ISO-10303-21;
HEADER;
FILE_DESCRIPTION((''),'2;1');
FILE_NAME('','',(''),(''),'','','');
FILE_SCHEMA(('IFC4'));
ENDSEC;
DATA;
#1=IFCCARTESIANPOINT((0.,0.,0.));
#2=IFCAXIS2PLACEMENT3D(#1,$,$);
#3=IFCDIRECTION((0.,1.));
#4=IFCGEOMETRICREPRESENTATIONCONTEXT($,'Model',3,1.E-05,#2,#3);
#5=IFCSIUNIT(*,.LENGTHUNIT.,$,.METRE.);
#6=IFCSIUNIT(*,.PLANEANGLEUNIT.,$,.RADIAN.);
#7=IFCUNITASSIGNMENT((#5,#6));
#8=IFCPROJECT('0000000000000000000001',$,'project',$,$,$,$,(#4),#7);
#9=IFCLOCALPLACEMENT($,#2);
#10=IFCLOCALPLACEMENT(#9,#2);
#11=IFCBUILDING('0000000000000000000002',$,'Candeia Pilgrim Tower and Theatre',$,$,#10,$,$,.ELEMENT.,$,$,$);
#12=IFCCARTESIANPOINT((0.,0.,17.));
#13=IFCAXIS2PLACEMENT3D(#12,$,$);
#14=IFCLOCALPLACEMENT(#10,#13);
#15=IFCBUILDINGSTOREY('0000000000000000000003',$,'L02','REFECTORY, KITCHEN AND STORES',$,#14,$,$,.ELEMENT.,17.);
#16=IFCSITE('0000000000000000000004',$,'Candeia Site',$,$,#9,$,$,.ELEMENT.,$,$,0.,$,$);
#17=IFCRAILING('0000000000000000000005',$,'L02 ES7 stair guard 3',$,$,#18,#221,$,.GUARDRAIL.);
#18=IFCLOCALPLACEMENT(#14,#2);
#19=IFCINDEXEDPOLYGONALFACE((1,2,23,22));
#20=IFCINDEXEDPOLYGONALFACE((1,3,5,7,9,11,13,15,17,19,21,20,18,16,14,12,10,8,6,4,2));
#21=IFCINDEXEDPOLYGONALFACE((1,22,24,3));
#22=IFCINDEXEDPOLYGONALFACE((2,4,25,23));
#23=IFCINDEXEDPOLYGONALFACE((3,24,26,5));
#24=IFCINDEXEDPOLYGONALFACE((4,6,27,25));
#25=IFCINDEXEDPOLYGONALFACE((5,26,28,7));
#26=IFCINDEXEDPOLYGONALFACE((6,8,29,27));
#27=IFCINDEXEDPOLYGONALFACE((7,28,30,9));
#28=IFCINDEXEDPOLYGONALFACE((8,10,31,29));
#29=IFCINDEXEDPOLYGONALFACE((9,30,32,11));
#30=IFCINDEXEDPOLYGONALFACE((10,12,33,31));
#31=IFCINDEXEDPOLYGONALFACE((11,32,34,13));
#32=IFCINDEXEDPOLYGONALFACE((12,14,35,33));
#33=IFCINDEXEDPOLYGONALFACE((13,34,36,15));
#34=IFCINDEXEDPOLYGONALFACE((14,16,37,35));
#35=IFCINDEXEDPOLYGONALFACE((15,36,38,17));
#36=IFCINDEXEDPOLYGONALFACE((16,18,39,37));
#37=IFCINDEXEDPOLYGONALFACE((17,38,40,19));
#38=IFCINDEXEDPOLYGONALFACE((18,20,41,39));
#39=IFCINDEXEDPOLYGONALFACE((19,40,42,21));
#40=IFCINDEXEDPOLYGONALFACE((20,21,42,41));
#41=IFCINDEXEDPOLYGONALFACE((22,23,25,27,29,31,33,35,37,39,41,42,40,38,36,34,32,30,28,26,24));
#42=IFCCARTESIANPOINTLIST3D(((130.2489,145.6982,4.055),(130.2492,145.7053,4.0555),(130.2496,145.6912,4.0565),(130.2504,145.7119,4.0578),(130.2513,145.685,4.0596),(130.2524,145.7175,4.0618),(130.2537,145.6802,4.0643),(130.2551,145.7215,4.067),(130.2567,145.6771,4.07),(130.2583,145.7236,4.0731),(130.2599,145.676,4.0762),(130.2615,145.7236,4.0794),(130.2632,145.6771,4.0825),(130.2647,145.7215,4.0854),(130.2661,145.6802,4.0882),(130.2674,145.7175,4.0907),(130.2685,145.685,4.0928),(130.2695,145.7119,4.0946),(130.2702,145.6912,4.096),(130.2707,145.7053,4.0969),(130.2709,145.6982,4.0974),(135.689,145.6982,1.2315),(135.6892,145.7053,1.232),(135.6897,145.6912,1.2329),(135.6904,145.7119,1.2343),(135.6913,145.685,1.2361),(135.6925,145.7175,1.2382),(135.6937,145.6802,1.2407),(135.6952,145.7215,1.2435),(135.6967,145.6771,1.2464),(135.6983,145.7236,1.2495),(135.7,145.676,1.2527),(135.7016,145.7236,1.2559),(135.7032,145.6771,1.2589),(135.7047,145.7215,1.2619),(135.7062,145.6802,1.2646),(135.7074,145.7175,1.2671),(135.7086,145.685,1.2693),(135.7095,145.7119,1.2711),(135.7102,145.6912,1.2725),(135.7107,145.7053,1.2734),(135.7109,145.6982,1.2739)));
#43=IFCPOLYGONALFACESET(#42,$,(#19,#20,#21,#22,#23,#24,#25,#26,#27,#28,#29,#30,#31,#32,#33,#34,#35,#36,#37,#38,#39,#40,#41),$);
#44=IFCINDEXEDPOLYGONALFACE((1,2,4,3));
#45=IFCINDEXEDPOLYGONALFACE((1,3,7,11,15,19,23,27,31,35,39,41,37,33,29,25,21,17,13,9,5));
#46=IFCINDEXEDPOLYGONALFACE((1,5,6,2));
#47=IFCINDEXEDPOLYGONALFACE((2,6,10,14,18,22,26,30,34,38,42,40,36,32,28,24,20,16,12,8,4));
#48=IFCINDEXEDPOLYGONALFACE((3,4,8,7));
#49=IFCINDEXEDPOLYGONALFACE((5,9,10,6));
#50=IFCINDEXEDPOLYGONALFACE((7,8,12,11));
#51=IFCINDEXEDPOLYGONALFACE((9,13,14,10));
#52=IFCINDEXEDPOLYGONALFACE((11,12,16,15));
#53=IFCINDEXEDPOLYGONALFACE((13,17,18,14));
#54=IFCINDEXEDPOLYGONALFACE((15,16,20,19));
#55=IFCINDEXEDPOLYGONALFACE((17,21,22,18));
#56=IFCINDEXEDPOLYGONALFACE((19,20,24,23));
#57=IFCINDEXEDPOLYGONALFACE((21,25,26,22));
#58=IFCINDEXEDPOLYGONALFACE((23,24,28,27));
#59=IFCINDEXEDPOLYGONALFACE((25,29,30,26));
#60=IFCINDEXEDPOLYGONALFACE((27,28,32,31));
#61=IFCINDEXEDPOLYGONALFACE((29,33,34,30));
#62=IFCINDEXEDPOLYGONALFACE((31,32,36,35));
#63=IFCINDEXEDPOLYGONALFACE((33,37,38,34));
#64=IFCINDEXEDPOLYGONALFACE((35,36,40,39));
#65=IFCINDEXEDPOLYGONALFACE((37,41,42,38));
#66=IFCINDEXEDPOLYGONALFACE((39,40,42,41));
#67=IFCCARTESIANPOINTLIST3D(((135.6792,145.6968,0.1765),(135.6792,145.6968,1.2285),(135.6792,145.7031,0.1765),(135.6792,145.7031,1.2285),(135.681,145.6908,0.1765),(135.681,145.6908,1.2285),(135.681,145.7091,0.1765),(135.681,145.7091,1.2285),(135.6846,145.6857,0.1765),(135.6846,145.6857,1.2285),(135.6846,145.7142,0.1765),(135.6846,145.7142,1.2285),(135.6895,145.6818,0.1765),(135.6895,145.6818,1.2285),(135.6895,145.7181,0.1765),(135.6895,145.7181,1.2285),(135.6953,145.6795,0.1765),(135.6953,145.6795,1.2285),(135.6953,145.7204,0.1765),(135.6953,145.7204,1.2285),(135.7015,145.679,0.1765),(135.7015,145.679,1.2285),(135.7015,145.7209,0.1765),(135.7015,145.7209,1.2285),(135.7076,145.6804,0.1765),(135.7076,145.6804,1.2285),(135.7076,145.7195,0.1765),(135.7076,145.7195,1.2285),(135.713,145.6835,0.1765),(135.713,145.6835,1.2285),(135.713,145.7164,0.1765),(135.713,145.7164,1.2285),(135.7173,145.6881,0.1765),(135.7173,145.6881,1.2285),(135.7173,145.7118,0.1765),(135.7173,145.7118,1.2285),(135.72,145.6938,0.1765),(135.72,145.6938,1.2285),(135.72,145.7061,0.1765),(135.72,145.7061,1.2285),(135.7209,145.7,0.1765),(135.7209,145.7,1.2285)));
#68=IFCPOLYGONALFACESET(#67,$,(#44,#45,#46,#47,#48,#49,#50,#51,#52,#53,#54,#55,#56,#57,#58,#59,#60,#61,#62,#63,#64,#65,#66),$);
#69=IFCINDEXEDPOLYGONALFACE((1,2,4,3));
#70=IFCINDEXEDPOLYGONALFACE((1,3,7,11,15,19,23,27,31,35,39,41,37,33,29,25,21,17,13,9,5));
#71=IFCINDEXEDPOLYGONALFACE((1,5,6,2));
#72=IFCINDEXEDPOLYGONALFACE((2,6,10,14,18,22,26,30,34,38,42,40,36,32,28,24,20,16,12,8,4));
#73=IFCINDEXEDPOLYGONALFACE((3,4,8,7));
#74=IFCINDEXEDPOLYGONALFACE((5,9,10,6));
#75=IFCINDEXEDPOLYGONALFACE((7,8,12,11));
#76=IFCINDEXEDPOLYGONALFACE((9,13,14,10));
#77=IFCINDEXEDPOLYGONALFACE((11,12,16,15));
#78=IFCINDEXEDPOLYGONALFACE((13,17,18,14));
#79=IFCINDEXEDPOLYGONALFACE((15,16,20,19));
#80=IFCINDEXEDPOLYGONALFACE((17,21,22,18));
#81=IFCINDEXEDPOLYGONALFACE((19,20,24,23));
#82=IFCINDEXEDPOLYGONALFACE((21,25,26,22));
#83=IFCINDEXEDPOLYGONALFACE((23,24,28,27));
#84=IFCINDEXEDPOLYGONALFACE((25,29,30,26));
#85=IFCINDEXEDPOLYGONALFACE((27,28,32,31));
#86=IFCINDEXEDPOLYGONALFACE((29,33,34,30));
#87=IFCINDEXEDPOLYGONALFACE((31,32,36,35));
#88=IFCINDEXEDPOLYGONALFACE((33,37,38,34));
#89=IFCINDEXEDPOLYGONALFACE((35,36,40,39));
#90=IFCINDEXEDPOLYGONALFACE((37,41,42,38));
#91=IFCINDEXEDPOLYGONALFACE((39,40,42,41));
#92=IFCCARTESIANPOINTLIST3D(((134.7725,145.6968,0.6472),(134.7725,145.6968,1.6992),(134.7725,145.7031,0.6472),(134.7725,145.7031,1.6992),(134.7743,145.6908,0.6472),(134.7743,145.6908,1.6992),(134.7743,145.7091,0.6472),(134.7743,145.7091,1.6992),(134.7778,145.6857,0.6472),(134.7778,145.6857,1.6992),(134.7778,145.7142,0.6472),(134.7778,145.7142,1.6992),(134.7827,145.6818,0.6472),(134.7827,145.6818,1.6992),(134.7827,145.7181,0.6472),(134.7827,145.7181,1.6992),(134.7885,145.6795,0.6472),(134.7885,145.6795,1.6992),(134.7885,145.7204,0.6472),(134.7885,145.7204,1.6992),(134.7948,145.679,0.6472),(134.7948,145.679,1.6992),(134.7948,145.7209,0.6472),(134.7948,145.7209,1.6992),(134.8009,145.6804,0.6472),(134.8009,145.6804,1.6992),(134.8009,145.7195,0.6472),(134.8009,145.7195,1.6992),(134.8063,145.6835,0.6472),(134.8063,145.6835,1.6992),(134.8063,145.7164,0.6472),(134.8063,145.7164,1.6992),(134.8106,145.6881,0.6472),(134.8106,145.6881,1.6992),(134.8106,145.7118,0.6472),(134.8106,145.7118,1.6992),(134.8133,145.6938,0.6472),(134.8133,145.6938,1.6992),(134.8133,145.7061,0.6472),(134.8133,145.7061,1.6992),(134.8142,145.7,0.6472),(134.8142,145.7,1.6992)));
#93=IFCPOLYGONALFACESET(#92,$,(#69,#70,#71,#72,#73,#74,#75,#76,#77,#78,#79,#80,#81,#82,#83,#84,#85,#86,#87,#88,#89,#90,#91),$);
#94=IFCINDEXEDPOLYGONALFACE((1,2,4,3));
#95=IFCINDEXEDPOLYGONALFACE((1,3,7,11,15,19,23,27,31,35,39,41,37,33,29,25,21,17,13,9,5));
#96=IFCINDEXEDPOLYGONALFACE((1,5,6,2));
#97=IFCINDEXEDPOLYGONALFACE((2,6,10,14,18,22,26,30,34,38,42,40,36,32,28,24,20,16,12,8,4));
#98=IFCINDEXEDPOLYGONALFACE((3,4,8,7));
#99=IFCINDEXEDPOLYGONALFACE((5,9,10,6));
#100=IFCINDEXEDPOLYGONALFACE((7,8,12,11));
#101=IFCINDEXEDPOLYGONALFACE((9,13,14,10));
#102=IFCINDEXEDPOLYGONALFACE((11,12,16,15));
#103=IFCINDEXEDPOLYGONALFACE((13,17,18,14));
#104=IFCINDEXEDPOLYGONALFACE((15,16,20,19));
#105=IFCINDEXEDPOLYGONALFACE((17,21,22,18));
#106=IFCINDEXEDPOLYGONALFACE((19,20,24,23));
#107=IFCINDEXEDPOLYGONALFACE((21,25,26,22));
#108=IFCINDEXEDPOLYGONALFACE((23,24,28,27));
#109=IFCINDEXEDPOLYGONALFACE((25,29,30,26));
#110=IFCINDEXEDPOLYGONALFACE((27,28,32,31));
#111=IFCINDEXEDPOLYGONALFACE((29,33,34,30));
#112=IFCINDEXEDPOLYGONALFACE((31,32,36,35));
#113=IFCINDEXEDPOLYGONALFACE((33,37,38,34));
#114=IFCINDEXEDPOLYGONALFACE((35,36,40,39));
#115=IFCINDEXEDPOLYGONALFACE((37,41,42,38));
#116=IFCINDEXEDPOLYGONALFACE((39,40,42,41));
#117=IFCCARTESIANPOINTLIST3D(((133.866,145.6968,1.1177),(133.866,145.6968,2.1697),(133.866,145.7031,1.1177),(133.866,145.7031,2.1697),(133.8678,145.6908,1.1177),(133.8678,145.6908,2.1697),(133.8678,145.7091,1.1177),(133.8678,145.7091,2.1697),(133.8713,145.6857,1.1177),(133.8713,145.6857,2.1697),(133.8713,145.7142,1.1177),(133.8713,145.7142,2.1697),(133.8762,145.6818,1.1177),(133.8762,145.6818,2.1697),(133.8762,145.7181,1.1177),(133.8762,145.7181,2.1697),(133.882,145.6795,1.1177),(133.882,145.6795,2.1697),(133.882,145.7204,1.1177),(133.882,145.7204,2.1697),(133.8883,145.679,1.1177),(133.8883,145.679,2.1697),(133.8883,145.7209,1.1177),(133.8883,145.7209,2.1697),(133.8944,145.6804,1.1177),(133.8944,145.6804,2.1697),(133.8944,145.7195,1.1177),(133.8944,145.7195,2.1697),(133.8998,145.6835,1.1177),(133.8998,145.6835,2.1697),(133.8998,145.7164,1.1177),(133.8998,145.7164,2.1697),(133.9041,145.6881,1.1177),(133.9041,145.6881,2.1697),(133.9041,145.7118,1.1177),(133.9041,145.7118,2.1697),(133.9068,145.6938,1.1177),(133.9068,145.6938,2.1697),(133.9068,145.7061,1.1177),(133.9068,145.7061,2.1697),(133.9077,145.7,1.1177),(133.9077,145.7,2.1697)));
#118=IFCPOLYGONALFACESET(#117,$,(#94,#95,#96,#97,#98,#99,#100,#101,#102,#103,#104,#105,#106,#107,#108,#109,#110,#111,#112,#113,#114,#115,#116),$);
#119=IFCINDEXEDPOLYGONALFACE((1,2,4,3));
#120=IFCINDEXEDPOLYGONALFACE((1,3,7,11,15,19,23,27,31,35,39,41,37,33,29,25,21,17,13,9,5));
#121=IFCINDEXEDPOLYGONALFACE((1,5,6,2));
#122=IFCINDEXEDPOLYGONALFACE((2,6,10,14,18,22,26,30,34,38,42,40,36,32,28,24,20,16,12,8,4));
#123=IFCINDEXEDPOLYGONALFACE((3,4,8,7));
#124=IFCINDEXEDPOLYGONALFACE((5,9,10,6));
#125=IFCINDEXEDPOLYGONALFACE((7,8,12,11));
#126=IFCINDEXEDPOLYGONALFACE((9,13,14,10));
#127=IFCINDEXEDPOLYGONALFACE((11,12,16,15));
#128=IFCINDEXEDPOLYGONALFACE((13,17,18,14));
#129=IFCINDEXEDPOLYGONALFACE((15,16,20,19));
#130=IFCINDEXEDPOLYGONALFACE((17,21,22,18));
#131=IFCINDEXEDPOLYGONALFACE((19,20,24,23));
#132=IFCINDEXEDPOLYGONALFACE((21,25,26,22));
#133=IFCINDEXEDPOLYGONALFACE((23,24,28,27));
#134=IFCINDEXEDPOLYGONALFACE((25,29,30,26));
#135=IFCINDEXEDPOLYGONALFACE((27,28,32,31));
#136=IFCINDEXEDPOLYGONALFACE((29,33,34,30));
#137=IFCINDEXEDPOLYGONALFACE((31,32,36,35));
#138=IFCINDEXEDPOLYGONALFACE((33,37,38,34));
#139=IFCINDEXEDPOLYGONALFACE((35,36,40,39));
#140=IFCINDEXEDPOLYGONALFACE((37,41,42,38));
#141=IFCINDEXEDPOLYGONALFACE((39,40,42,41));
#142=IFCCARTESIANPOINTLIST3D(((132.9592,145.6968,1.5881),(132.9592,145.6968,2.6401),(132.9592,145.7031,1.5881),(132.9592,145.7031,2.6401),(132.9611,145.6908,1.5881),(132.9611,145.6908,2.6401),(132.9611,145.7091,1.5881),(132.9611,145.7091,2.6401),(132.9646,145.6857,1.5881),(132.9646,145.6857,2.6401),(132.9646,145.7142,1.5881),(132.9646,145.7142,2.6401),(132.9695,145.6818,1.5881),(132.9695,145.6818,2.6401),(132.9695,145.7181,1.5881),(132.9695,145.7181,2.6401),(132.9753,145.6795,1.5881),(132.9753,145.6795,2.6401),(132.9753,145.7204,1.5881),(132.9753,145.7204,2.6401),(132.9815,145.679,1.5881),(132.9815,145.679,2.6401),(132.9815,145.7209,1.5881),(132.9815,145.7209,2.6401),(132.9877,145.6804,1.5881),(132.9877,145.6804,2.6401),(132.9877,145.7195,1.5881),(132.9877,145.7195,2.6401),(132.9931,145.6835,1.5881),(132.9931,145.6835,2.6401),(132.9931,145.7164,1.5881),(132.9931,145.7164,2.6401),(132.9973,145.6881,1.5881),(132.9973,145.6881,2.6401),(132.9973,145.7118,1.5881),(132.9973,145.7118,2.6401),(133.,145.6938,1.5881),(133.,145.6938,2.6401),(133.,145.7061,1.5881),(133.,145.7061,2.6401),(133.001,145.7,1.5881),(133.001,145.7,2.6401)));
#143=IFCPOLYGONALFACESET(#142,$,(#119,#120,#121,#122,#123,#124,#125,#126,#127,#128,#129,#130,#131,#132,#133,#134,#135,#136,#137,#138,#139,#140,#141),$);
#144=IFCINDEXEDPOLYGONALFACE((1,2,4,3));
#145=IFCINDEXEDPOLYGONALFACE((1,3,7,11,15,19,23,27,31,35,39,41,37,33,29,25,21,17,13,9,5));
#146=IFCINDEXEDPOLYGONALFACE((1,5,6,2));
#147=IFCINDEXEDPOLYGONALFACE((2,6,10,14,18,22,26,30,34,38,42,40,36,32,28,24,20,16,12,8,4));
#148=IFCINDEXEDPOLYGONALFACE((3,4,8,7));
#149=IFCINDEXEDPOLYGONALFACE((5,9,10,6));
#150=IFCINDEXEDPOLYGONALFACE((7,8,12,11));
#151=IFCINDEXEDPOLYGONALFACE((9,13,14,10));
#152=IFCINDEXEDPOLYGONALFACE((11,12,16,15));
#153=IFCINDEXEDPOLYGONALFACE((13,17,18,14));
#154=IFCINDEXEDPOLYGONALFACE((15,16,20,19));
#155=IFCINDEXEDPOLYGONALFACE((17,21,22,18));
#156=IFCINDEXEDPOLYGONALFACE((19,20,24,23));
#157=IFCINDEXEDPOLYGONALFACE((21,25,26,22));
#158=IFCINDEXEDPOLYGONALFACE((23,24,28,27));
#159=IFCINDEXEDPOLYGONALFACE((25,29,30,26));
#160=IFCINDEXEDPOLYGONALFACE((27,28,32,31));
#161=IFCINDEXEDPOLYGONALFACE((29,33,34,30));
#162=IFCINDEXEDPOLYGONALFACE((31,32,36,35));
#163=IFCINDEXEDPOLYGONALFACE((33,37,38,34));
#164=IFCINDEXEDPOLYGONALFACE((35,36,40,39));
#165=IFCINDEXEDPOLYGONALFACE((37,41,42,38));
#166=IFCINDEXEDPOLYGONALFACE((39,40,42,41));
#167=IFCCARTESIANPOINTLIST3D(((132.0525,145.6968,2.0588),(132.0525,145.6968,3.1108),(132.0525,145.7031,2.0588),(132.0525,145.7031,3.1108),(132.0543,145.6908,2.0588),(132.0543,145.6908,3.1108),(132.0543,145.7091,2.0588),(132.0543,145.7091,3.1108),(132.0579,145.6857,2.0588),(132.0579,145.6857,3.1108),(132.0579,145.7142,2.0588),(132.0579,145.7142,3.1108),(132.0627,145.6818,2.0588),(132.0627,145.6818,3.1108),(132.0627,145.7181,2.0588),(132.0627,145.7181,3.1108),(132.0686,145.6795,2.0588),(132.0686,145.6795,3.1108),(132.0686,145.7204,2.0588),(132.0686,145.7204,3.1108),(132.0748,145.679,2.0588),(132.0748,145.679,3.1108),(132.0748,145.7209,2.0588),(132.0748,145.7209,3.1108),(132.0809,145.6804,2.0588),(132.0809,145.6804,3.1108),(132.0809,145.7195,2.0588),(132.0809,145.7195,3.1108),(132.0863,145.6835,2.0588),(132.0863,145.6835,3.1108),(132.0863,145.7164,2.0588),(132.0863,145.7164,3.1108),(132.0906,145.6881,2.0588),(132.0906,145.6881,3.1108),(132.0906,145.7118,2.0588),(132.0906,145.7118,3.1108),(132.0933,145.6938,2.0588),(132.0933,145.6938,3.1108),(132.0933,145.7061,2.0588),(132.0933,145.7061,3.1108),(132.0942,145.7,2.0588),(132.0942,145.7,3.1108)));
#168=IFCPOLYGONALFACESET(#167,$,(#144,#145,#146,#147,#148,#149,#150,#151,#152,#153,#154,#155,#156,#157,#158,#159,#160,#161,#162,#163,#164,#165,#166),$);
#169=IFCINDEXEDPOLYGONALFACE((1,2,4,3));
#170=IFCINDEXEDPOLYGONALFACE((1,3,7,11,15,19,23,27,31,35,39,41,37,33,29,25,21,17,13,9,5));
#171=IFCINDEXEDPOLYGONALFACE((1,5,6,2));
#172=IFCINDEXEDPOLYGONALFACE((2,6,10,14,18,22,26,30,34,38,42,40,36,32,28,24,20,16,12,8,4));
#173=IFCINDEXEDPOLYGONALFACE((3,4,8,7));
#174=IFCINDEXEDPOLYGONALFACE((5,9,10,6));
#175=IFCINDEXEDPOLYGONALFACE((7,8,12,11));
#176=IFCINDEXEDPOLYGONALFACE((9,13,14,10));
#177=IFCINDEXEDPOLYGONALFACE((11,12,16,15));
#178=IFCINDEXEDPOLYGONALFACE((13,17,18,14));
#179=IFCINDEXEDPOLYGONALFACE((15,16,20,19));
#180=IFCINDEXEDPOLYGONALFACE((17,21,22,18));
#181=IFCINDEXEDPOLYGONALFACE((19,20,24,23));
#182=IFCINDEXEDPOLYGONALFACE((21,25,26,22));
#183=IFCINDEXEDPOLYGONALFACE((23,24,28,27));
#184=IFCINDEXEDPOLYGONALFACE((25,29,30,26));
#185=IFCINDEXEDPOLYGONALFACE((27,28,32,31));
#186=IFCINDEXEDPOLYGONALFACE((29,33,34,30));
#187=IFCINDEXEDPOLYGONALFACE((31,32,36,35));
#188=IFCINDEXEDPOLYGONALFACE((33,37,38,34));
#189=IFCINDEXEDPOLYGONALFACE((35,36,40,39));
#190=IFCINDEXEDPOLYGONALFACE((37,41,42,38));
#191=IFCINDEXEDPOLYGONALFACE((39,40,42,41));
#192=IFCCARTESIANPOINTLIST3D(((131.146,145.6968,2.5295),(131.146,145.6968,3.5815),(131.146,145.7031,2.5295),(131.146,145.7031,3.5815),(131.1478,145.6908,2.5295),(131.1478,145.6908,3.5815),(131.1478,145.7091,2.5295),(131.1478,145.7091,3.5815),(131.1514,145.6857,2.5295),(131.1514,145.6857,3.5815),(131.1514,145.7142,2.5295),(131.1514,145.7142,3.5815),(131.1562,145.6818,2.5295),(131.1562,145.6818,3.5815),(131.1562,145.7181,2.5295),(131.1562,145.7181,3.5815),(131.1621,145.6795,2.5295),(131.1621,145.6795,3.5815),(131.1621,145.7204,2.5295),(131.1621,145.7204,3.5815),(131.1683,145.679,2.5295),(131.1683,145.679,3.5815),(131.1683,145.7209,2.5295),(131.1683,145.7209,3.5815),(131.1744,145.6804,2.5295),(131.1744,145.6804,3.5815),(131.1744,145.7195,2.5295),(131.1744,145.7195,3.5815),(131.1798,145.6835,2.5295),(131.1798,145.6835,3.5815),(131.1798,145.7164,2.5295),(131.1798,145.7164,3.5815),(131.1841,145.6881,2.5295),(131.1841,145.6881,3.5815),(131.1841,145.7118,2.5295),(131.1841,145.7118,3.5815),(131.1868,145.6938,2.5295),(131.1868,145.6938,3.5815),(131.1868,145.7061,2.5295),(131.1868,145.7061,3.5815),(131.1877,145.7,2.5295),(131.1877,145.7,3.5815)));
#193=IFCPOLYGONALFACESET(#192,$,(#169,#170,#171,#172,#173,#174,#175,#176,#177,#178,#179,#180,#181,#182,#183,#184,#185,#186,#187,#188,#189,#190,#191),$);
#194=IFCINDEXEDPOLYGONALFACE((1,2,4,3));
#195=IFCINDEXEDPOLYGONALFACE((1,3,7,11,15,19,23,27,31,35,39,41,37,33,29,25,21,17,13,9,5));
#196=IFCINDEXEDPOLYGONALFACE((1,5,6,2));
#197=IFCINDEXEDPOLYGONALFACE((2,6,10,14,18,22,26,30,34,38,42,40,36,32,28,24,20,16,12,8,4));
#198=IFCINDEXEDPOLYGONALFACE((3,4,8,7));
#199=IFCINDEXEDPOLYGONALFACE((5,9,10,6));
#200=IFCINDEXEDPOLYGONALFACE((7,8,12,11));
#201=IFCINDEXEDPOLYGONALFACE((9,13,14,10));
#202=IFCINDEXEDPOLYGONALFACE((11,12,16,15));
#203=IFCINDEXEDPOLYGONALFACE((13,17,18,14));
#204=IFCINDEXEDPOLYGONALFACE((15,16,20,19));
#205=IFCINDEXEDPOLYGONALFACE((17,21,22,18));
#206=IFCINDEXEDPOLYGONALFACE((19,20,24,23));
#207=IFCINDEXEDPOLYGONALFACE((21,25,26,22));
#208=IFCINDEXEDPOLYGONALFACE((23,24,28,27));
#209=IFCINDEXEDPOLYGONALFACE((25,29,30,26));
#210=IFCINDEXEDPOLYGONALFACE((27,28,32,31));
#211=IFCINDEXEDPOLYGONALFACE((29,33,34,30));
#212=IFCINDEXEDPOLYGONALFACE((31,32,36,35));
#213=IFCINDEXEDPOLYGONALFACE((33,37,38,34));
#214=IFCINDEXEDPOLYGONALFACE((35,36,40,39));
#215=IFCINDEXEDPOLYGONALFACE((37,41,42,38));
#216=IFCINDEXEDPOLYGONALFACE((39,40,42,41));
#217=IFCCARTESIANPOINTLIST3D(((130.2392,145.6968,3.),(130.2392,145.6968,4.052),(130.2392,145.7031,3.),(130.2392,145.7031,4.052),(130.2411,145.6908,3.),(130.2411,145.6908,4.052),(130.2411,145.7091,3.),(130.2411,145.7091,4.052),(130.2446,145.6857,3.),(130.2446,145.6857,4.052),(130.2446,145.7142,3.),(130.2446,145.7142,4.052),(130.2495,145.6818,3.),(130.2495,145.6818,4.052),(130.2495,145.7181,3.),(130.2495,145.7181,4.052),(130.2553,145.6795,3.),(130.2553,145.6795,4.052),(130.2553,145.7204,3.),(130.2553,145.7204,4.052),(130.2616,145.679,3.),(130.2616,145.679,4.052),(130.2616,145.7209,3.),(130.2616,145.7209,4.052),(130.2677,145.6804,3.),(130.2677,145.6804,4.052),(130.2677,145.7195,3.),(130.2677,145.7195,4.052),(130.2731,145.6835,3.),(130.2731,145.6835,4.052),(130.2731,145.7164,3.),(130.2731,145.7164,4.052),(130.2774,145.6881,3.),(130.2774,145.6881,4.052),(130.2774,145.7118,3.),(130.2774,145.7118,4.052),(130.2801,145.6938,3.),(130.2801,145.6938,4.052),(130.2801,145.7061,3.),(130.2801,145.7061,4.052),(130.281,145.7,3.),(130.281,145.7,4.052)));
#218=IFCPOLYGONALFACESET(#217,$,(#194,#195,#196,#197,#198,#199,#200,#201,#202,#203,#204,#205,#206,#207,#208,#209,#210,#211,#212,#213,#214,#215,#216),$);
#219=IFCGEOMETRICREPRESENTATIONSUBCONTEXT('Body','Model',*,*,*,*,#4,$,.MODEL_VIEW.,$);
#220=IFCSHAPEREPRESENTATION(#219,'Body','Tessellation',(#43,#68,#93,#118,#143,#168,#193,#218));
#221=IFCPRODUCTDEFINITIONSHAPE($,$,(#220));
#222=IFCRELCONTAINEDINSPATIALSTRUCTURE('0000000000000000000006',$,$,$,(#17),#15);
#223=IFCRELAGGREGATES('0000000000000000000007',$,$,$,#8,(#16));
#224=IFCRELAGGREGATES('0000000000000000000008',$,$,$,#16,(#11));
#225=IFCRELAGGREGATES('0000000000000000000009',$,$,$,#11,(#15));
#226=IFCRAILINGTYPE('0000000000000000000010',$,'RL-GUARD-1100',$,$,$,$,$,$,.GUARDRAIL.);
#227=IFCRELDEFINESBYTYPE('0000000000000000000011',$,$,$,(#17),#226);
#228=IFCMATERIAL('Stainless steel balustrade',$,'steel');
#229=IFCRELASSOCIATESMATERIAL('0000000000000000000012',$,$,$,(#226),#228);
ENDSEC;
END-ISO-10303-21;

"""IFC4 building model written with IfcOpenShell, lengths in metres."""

from ifc_helpers import new_model, si_unit, direction, frame, origin, origin_2d, place, context, subcontext, project, spatial, circle, extrude, material, type_object, element, save


model = new_model("IFC4")

# Units and contexts
model_context = context("Model", 3, precision=1e-05, world=origin(), true_north=direction((0.0, 1.0)))
body_context = subcontext(model_context, "Body", "Model", "MODEL_VIEW")
ifc_project = project(units=[si_unit("LENGTHUNIT", "METRE"), si_unit("PLANEANGLEUNIT", "RADIAN")], contexts=[model_context])

# Site, building, storey
site_placement = place(None, origin())
site = spatial("IfcSite", under=ifc_project, at=site_placement, Name="Candeia Site", CompositionType="ELEMENT", RefElevation=0.0)
building_placement = place(site_placement, origin())
building = spatial("IfcBuilding", under=site, at=building_placement, Name="Candeia Pilgrim Tower and Theatre", CompositionType="ELEMENT")
storey_placement = place(building_placement, frame((0.0, 0.0, 17.0)))
storey = spatial("IfcBuildingStorey", under=building, at=storey_placement, Name="L02", Description="REFECTORY, KITCHEN AND STORES", CompositionType="ELEMENT", Elevation=17.0)

# Railing
ifc_material_1 = material(Name="Stainless steel balustrade", Category="steel")
railing_type_1 = type_object("IfcRailingType", Name="RL-GUARD-1100", PredefinedType="GUARDRAIL", material=ifc_material_1)
railing_1_placement = place(storey_placement, frame((135.7, 145.7, 0.1765)))
element("IfcRailing", 1, at=railing_1_placement, inside=storey, type_object=railing_type_1, Name="L02 ES7 stair guard 3", PredefinedType="GUARDRAIL", context=body_context, shape_type="SweptSolid", body=[
    extrude(circle(Radius=0.0239, at=origin_2d()), frame((0.0, 0.0, 1.0762), z_axis=(-0.887569, 0.0, 0.460674), x_axis=(0.0, -1.0, 0.0)), (0.0, 0.0, 1.0), 6.1292),
    extrude(circle(Radius=0.021, at=origin_2d()), origin(), (0.0, 0.0, 1.0), 1.052),
    extrude(circle(Radius=0.021, at=origin_2d()), frame((-0.9067, 0.0, 0.4707)), (0.0, 0.0, 1.0), 1.052),
    extrude(circle(Radius=0.021, at=origin_2d()), frame((-1.8132, 0.0, 0.9412)), (0.0, 0.0, 1.0), 1.052),
    extrude(circle(Radius=0.021, at=origin_2d()), frame((-2.72, 0.0, 1.4116)), (0.0, 0.0, 1.0), 1.052),
    extrude(circle(Radius=0.021, at=origin_2d()), frame((-3.6267, 0.0, 1.8823)), (0.0, 0.0, 1.0), 1.052),
    extrude(circle(Radius=0.021, at=origin_2d()), frame((-4.5332, 0.0, 2.353)), (0.0, 0.0, 1.0), 1.052),
    extrude(circle(Radius=0.021, at=origin_2d()), frame((-5.4399, 0.0, 2.8235)), (0.0, 0.0, 1.0), 1.052),
])

save(model, "model.ifc")
